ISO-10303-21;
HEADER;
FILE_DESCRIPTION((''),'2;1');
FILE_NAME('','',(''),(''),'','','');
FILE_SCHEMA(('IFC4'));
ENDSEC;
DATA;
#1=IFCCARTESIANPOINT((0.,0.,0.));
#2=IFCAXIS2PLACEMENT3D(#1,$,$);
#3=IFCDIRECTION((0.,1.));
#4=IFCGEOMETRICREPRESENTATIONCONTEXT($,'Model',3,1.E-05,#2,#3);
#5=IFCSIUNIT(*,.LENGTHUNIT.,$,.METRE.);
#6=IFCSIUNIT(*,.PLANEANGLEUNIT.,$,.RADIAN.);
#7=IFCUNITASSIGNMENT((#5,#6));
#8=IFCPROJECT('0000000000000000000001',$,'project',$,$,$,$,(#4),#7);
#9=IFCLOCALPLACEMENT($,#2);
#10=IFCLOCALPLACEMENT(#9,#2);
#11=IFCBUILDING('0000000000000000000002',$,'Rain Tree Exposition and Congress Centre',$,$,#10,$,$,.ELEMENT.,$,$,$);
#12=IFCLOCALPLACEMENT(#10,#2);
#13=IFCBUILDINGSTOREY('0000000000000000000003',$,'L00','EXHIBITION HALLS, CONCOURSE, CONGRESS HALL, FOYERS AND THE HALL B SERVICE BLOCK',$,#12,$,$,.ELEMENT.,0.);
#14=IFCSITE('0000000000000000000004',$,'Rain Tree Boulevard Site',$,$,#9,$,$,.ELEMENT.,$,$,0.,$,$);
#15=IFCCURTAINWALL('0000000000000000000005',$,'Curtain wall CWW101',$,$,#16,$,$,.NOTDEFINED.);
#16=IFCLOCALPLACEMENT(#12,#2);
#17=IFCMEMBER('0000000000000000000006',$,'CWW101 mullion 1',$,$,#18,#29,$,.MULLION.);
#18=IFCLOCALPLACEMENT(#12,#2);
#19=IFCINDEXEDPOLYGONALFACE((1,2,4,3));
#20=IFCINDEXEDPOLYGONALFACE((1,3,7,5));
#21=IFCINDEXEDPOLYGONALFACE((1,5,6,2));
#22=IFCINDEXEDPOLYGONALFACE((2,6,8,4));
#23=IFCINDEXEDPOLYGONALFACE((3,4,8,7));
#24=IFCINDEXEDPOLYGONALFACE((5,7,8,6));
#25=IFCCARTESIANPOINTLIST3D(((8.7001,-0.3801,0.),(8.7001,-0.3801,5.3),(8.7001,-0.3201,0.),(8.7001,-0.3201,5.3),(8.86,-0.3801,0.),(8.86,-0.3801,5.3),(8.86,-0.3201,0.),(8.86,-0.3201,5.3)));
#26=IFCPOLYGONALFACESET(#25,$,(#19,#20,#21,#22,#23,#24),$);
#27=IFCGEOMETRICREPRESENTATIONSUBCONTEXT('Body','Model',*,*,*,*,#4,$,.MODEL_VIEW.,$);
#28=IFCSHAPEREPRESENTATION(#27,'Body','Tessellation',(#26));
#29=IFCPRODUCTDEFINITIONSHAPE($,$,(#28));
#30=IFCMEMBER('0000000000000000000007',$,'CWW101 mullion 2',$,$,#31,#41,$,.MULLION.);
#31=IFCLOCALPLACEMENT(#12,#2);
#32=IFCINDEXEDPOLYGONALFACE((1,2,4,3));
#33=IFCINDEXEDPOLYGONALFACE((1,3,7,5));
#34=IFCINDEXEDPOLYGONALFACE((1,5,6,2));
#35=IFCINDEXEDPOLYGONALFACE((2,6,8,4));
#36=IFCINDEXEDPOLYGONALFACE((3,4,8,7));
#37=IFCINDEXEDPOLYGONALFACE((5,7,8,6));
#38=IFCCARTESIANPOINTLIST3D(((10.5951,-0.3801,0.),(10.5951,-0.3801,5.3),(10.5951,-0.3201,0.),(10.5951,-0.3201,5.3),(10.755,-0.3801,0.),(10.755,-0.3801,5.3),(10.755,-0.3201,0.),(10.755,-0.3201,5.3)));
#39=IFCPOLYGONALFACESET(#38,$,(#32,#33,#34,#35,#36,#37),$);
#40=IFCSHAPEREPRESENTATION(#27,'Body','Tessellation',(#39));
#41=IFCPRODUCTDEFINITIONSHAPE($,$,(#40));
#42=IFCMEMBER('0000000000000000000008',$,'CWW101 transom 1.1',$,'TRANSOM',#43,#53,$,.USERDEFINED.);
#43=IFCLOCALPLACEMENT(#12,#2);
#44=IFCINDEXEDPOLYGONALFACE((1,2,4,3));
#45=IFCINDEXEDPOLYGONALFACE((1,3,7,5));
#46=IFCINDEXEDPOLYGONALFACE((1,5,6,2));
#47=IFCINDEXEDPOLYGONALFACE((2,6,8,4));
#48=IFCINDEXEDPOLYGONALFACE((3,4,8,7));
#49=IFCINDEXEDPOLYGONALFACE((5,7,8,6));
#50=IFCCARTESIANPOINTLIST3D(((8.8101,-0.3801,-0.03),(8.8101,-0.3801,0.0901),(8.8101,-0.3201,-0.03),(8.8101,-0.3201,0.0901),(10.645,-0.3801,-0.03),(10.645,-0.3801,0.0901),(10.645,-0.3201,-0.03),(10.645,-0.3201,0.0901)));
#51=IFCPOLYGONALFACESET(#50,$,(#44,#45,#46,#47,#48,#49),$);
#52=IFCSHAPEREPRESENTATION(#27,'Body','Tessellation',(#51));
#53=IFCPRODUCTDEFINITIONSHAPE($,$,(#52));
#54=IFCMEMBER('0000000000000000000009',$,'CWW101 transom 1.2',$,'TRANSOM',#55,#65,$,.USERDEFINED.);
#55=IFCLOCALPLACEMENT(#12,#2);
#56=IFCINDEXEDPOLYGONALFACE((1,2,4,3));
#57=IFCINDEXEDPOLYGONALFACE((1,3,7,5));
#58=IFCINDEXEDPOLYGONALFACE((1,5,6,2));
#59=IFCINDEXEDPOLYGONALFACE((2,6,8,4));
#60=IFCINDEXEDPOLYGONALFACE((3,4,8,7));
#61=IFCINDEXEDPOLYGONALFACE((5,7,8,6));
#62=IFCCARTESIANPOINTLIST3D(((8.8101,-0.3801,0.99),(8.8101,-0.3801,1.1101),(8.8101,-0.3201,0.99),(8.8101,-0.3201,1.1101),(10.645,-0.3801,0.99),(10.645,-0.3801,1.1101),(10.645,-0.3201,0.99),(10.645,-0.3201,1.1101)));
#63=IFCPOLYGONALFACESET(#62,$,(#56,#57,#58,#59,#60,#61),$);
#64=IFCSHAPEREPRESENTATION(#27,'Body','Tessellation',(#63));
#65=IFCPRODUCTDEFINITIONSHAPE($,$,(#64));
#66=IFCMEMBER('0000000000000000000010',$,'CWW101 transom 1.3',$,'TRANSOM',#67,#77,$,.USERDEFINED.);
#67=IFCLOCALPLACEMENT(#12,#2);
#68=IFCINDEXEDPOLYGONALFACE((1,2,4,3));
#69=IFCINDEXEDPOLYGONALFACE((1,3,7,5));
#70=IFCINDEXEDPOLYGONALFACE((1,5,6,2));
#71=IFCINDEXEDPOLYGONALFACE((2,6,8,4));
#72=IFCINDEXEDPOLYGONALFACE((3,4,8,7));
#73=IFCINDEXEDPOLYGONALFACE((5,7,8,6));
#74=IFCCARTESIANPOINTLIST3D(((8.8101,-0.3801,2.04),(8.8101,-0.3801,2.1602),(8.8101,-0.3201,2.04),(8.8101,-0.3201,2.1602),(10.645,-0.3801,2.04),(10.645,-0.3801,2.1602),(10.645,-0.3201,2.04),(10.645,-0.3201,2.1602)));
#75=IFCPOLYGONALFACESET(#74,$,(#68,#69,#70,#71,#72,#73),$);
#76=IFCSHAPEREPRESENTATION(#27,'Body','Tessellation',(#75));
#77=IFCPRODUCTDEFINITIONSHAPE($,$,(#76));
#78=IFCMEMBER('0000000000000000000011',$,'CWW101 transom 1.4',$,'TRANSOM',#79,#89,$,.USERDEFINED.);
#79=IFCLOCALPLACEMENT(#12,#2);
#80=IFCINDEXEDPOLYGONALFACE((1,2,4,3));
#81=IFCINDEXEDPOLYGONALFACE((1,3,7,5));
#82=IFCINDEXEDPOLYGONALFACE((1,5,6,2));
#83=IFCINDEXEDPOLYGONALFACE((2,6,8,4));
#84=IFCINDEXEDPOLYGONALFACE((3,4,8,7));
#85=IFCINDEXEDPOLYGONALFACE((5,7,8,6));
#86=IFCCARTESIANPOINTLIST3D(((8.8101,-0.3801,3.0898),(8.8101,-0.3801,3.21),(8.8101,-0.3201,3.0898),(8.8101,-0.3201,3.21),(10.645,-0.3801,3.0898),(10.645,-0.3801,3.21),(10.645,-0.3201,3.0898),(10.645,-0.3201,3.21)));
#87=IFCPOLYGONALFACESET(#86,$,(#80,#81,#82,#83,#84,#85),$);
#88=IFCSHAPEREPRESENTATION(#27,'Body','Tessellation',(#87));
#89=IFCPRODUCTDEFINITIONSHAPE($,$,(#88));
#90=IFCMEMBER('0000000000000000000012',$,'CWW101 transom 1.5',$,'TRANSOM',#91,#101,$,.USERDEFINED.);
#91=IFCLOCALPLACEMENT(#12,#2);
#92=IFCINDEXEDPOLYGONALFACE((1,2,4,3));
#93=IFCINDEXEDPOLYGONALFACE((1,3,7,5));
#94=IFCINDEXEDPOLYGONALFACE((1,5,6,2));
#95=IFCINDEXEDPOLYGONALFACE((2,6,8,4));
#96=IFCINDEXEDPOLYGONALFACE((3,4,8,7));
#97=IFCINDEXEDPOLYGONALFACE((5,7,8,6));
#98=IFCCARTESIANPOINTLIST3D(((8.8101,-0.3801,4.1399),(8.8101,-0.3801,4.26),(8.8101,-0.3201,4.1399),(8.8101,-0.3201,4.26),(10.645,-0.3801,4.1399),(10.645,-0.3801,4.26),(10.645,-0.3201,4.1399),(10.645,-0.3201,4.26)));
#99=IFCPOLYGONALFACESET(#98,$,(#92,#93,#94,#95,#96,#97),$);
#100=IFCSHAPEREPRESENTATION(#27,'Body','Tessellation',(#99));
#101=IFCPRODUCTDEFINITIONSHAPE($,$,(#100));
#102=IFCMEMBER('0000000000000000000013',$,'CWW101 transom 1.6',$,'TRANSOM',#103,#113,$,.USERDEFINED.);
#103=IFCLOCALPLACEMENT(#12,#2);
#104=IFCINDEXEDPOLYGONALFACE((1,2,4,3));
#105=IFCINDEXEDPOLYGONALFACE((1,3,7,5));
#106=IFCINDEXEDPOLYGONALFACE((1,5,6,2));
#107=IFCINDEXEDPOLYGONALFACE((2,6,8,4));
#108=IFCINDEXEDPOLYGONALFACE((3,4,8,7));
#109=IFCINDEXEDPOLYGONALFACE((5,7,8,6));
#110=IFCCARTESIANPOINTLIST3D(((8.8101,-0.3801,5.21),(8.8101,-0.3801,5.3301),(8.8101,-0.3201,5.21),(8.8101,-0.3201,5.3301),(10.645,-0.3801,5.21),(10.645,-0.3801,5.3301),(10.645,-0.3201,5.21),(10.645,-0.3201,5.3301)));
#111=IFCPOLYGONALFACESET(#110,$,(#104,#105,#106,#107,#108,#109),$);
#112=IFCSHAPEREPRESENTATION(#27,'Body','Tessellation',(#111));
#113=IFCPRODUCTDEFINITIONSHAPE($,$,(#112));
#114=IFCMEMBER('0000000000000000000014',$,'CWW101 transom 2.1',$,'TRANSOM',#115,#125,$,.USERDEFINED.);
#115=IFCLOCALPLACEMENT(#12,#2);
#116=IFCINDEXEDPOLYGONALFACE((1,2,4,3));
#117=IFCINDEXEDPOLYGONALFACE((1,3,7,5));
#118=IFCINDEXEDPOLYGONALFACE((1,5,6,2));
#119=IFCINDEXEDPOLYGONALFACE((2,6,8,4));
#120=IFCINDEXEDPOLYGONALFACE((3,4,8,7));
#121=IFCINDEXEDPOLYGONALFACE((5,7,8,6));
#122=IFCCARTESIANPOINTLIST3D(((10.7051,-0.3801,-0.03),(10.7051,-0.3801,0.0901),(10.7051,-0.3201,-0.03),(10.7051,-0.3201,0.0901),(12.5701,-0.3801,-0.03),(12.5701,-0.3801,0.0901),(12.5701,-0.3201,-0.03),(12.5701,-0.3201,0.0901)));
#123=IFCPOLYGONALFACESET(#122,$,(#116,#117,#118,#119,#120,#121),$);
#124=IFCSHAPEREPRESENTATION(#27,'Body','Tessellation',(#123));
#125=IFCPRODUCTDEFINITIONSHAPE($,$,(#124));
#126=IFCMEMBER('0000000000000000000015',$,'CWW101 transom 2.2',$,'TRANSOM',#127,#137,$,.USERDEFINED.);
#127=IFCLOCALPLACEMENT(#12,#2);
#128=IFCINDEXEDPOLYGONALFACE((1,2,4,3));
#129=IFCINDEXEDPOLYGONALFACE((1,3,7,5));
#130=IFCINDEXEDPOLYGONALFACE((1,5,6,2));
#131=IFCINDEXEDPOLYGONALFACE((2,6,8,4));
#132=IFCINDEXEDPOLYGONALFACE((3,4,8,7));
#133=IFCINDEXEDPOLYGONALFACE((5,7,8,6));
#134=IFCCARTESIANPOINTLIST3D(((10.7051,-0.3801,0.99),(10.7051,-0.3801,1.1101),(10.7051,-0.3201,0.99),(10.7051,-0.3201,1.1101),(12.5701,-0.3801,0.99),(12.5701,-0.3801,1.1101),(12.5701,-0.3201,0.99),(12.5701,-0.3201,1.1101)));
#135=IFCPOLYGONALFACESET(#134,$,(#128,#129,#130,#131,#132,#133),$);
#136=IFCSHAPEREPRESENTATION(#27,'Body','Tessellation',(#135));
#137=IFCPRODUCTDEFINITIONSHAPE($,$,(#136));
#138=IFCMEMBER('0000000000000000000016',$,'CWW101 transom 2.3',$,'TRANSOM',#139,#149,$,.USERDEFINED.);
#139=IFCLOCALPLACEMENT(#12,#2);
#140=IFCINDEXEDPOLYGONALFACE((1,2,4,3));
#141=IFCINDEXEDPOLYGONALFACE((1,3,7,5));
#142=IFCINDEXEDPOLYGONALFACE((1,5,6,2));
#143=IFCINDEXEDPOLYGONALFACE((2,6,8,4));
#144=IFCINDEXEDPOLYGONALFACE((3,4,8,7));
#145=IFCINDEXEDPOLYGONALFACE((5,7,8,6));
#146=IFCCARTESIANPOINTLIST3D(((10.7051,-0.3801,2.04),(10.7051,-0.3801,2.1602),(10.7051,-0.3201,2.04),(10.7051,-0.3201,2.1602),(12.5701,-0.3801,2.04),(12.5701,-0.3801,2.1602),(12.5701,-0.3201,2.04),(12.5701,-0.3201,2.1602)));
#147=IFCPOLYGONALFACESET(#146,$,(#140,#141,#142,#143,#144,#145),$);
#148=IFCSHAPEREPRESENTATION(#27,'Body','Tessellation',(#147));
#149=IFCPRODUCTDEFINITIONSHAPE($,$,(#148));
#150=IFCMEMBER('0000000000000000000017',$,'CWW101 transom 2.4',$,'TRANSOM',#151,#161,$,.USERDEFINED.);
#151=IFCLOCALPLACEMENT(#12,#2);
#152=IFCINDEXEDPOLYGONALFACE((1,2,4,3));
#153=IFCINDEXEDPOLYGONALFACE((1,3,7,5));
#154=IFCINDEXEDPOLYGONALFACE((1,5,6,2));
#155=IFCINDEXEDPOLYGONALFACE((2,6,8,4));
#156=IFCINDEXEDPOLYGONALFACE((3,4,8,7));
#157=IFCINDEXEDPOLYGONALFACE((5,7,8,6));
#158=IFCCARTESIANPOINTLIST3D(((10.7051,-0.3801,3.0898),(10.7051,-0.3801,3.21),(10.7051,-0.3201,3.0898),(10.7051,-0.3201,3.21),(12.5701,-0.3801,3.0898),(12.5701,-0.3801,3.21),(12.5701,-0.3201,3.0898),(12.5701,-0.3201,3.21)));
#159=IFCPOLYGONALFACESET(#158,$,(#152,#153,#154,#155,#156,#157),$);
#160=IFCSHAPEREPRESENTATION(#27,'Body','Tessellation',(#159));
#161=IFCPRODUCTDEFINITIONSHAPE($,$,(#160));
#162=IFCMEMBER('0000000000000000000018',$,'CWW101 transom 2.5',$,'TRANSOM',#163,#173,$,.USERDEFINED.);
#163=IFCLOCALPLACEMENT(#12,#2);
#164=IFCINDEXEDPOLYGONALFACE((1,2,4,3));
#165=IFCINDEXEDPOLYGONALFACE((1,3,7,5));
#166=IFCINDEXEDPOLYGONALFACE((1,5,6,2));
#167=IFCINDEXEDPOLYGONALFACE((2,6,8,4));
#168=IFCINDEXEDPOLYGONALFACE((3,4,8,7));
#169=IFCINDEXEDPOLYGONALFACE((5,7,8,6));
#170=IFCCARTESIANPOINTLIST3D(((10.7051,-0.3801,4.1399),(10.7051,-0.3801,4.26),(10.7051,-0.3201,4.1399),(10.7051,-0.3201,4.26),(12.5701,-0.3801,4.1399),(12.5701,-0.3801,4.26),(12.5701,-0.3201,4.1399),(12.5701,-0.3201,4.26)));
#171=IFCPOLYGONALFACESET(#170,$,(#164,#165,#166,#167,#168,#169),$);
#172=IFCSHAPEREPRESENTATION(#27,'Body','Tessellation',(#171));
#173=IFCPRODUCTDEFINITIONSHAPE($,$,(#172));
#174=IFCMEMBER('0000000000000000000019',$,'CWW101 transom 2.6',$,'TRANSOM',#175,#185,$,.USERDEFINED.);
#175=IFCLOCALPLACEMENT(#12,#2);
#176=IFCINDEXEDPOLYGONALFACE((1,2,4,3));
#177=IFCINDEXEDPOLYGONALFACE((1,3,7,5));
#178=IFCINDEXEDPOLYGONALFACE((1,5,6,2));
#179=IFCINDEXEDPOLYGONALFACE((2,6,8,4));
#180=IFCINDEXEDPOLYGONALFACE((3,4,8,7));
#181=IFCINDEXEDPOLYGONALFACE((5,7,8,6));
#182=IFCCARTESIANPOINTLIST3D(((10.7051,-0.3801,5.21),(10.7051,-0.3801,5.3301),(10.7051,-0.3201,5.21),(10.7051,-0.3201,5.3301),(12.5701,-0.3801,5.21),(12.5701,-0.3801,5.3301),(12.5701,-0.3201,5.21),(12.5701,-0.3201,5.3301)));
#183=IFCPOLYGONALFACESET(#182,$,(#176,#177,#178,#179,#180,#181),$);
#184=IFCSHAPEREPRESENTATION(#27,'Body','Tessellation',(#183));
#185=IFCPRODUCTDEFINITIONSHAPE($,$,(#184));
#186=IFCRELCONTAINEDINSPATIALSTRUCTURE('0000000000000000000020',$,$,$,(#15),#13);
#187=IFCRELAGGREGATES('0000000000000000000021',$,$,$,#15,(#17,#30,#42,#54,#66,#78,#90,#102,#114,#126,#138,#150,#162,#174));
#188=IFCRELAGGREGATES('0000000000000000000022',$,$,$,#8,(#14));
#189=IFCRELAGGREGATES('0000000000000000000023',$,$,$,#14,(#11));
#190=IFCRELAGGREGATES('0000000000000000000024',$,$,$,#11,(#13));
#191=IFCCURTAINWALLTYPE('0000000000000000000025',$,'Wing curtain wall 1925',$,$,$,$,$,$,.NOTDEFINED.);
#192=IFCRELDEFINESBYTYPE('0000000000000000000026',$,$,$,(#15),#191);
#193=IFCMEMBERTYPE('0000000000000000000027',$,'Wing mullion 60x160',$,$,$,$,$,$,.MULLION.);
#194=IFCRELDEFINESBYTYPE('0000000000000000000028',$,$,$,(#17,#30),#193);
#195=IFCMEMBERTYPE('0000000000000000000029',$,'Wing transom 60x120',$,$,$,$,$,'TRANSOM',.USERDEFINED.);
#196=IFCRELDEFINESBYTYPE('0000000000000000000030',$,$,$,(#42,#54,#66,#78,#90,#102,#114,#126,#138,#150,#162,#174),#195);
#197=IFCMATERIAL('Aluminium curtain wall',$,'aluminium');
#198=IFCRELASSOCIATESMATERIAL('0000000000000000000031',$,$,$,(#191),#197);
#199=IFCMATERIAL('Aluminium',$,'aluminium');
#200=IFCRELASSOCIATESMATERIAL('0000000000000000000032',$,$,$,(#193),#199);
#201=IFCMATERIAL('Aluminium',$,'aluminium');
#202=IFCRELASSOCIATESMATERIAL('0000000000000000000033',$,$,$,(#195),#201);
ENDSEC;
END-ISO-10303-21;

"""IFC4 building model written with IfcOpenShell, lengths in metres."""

from ifc_helpers import new_model, si_unit, direction, frame, origin, origin_2d, place, context, subcontext, project, spatial, rectangle, extrude, material, material_profile, profile_set, type_object, element, aggregate, save


model = new_model("IFC4")

# Units and contexts
model_context = context("Model", 3, precision=1e-05, world=origin(), true_north=direction((0.0, 1.0)))
body_context = subcontext(model_context, "Body", "Model", "MODEL_VIEW")
ifc_project = project(units=[si_unit("LENGTHUNIT", "METRE"), si_unit("PLANEANGLEUNIT", "RADIAN")], contexts=[model_context])

# Site, building, storey
site_placement = place(None, origin())
site = spatial("IfcSite", under=ifc_project, at=site_placement, Name="Rain Tree Boulevard Site", CompositionType="ELEMENT", RefElevation=0.0)
building_placement = place(site_placement, origin())
building = spatial("IfcBuilding", under=site, at=building_placement, Name="Rain Tree Exposition and Congress Centre", CompositionType="ELEMENT")
storey_placement = place(building_placement, origin())
storey = spatial("IfcBuildingStorey", under=building, at=storey_placement, Name="L00", Description="EXHIBITION HALLS, CONCOURSE, CONGRESS HALL, FOYERS AND THE HALL B SERVICE BLOCK", CompositionType="ELEMENT", Elevation=0.0)

# Curtain wall, members
ifc_material_1 = material(Name="Aluminium curtain wall", Category="aluminium")
curtain_wall_type = type_object("IfcCurtainWallType", Name="Wing curtain wall 1925", PredefinedType="NOTDEFINED", material=ifc_material_1)
curtain_wall_placement = place(storey_placement, origin())
curtain_wall = element("IfcCurtainWall", 1, at=curtain_wall_placement, inside=storey, type_object=curtain_wall_type, Name="Curtain wall CWW101", PredefinedType="NOTDEFINED")
ifc_material_2 = material(Name="Aluminium", Category="aluminium")
ifc_material_profile_1 = material_profile(ifc_material_2, rectangle(XDim=0.0601, YDim=0.1599, at=origin_2d()), Name="Aluminium 60x160")
ifc_profile_set_1 = profile_set([ifc_material_profile_1], Name="Aluminium")
member_type_1 = type_object("IfcMemberType", Name="Wing mullion 60x160", PredefinedType="MULLION", material=ifc_profile_set_1)
member_1_placement = place(storey_placement, frame((8.78, -0.3501, 0.0), z_axis=(0.0, 0.0, 1.0), x_axis=(0.0, 1.0, 0.0)))
member_1 = element("IfcMember", 2, at=member_1_placement, type_object=member_type_1, Name="CWW101 mullion 1", PredefinedType="MULLION", context=body_context, shape_type="SweptSolid", body=[
    extrude(rectangle(XDim=0.0601, YDim=0.1599, at=origin_2d()), origin(), (0.0, 0.0, 1.0), 5.3),
])
member_2_placement = place(storey_placement, frame((10.675, -0.3501, 0.0), z_axis=(0.0, 0.0, 1.0), x_axis=(0.0, 1.0, 0.0)))
member_2 = element("IfcMember", 3, at=member_2_placement, type_object=member_type_1, Name="CWW101 mullion 2", PredefinedType="MULLION", context=body_context, shape_type="SweptSolid", body=[
    extrude(rectangle(XDim=0.0601, YDim=0.1599, at=origin_2d()), origin(), (0.0, 0.0, 1.0), 5.3),
])
ifc_material_3 = material(Name="Aluminium", Category="aluminium")
ifc_material_profile_2 = material_profile(ifc_material_3, rectangle(XDim=0.0601, YDim=0.1201, at=origin_2d()), Name="Aluminium 60x120")
ifc_profile_set_2 = profile_set([ifc_material_profile_2], Name="Aluminium")
member_type_2 = type_object("IfcMemberType", Name="Wing transom 60x120", ElementType="TRANSOM", PredefinedType="USERDEFINED", material=ifc_profile_set_2)
member_3_placement = place(storey_placement, frame((8.8101, -0.3501, 0.03), z_axis=(1.0, 0.0, 0.0), x_axis=(0.0, 1.0, 0.0)))
member_3 = element("IfcMember", 4, at=member_3_placement, type_object=member_type_2, Name="CWW101 transom 1.1", ObjectType="TRANSOM", PredefinedType="USERDEFINED", context=body_context, shape_type="SweptSolid", body=[
    extrude(rectangle(XDim=0.0601, YDim=0.1201, at=origin_2d()), origin(), (0.0, 0.0, 1.0), 1.835),
])
member_4_placement = place(storey_placement, frame((8.8101, -0.3501, 1.05), z_axis=(1.0, 0.0, 0.0), x_axis=(0.0, 1.0, 0.0)))
member_4 = element("IfcMember", 5, at=member_4_placement, type_object=member_type_2, Name="CWW101 transom 1.2", ObjectType="TRANSOM", PredefinedType="USERDEFINED", context=body_context, shape_type="SweptSolid", body=[
    extrude(rectangle(XDim=0.0601, YDim=0.1201, at=origin_2d()), origin(), (0.0, 0.0, 1.0), 1.835),
])
member_5_placement = place(storey_placement, frame((8.8101, -0.3501, 2.1001), z_axis=(1.0, 0.0, 0.0), x_axis=(0.0, 1.0, 0.0)))
member_5 = element("IfcMember", 6, at=member_5_placement, type_object=member_type_2, Name="CWW101 transom 1.3", ObjectType="TRANSOM", PredefinedType="USERDEFINED", context=body_context, shape_type="SweptSolid", body=[
    extrude(rectangle(XDim=0.0601, YDim=0.1201, at=origin_2d()), origin(), (0.0, 0.0, 1.0), 1.835),
])
member_6_placement = place(storey_placement, frame((8.8101, -0.3501, 3.1499), z_axis=(1.0, 0.0, 0.0), x_axis=(0.0, 1.0, 0.0)))
member_6 = element("IfcMember", 7, at=member_6_placement, type_object=member_type_2, Name="CWW101 transom 1.4", ObjectType="TRANSOM", PredefinedType="USERDEFINED", context=body_context, shape_type="SweptSolid", body=[
    extrude(rectangle(XDim=0.0601, YDim=0.1201, at=origin_2d()), origin(), (0.0, 0.0, 1.0), 1.835),
])
member_7_placement = place(storey_placement, frame((8.8101, -0.3501, 4.2), z_axis=(1.0, 0.0, 0.0), x_axis=(0.0, 1.0, 0.0)))
member_7 = element("IfcMember", 8, at=member_7_placement, type_object=member_type_2, Name="CWW101 transom 1.5", ObjectType="TRANSOM", PredefinedType="USERDEFINED", context=body_context, shape_type="SweptSolid", body=[
    extrude(rectangle(XDim=0.0601, YDim=0.1201, at=origin_2d()), origin(), (0.0, 0.0, 1.0), 1.835),
])
member_8_placement = place(storey_placement, frame((8.8101, -0.3501, 5.27), z_axis=(1.0, 0.0, 0.0), x_axis=(0.0, 1.0, 0.0)))
member_8 = element("IfcMember", 9, at=member_8_placement, type_object=member_type_2, Name="CWW101 transom 1.6", ObjectType="TRANSOM", PredefinedType="USERDEFINED", context=body_context, shape_type="SweptSolid", body=[
    extrude(rectangle(XDim=0.0601, YDim=0.1201, at=origin_2d()), origin(), (0.0, 0.0, 1.0), 1.835),
])
member_9_placement = place(storey_placement, frame((10.7051, -0.3501, 0.03), z_axis=(1.0, 0.0, 0.0), x_axis=(0.0, 1.0, 0.0)))
member_9 = element("IfcMember", 10, at=member_9_placement, type_object=member_type_2, Name="CWW101 transom 2.1", ObjectType="TRANSOM", PredefinedType="USERDEFINED", context=body_context, shape_type="SweptSolid", body=[
    extrude(rectangle(XDim=0.0601, YDim=0.1201, at=origin_2d()), origin(), (0.0, 0.0, 1.0), 1.865),
])
member_10_placement = place(storey_placement, frame((10.7051, -0.3501, 1.05), z_axis=(1.0, 0.0, 0.0), x_axis=(0.0, 1.0, 0.0)))
member_10 = element("IfcMember", 11, at=member_10_placement, type_object=member_type_2, Name="CWW101 transom 2.2", ObjectType="TRANSOM", PredefinedType="USERDEFINED", context=body_context, shape_type="SweptSolid", body=[
    extrude(rectangle(XDim=0.0601, YDim=0.1201, at=origin_2d()), origin(), (0.0, 0.0, 1.0), 1.865),
])
member_11_placement = place(storey_placement, frame((10.7051, -0.3501, 2.1001), z_axis=(1.0, 0.0, 0.0), x_axis=(0.0, 1.0, 0.0)))
member_11 = element("IfcMember", 12, at=member_11_placement, type_object=member_type_2, Name="CWW101 transom 2.3", ObjectType="TRANSOM", PredefinedType="USERDEFINED", context=body_context, shape_type="SweptSolid", body=[
    extrude(rectangle(XDim=0.0601, YDim=0.1201, at=origin_2d()), origin(), (0.0, 0.0, 1.0), 1.865),
])
member_12_placement = place(storey_placement, frame((10.7051, -0.3501, 3.1499), z_axis=(1.0, 0.0, 0.0), x_axis=(0.0, 1.0, 0.0)))
member_12 = element("IfcMember", 13, at=member_12_placement, type_object=member_type_2, Name="CWW101 transom 2.4", ObjectType="TRANSOM", PredefinedType="USERDEFINED", context=body_context, shape_type="SweptSolid", body=[
    extrude(rectangle(XDim=0.0601, YDim=0.1201, at=origin_2d()), origin(), (0.0, 0.0, 1.0), 1.865),
])
member_13_placement = place(storey_placement, frame((10.7051, -0.3501, 4.2), z_axis=(1.0, 0.0, 0.0), x_axis=(0.0, 1.0, 0.0)))
member_13 = element("IfcMember", 14, at=member_13_placement, type_object=member_type_2, Name="CWW101 transom 2.5", ObjectType="TRANSOM", PredefinedType="USERDEFINED", context=body_context, shape_type="SweptSolid", body=[
    extrude(rectangle(XDim=0.0601, YDim=0.1201, at=origin_2d()), origin(), (0.0, 0.0, 1.0), 1.865),
])
member_14_placement = place(storey_placement, frame((10.7051, -0.3501, 5.27), z_axis=(1.0, 0.0, 0.0), x_axis=(0.0, 1.0, 0.0)))
member_14 = element("IfcMember", 15, at=member_14_placement, type_object=member_type_2, Name="CWW101 transom 2.6", ObjectType="TRANSOM", PredefinedType="USERDEFINED", context=body_context, shape_type="SweptSolid", body=[
    extrude(rectangle(XDim=0.0601, YDim=0.1201, at=origin_2d()), origin(), (0.0, 0.0, 1.0), 1.865),
])
aggregate(curtain_wall, [member_1, member_2, member_3, member_4, member_5, member_6, member_7, member_8, member_9, member_10, member_11, member_12, member_13, member_14])

save(model, "model.ifc")
